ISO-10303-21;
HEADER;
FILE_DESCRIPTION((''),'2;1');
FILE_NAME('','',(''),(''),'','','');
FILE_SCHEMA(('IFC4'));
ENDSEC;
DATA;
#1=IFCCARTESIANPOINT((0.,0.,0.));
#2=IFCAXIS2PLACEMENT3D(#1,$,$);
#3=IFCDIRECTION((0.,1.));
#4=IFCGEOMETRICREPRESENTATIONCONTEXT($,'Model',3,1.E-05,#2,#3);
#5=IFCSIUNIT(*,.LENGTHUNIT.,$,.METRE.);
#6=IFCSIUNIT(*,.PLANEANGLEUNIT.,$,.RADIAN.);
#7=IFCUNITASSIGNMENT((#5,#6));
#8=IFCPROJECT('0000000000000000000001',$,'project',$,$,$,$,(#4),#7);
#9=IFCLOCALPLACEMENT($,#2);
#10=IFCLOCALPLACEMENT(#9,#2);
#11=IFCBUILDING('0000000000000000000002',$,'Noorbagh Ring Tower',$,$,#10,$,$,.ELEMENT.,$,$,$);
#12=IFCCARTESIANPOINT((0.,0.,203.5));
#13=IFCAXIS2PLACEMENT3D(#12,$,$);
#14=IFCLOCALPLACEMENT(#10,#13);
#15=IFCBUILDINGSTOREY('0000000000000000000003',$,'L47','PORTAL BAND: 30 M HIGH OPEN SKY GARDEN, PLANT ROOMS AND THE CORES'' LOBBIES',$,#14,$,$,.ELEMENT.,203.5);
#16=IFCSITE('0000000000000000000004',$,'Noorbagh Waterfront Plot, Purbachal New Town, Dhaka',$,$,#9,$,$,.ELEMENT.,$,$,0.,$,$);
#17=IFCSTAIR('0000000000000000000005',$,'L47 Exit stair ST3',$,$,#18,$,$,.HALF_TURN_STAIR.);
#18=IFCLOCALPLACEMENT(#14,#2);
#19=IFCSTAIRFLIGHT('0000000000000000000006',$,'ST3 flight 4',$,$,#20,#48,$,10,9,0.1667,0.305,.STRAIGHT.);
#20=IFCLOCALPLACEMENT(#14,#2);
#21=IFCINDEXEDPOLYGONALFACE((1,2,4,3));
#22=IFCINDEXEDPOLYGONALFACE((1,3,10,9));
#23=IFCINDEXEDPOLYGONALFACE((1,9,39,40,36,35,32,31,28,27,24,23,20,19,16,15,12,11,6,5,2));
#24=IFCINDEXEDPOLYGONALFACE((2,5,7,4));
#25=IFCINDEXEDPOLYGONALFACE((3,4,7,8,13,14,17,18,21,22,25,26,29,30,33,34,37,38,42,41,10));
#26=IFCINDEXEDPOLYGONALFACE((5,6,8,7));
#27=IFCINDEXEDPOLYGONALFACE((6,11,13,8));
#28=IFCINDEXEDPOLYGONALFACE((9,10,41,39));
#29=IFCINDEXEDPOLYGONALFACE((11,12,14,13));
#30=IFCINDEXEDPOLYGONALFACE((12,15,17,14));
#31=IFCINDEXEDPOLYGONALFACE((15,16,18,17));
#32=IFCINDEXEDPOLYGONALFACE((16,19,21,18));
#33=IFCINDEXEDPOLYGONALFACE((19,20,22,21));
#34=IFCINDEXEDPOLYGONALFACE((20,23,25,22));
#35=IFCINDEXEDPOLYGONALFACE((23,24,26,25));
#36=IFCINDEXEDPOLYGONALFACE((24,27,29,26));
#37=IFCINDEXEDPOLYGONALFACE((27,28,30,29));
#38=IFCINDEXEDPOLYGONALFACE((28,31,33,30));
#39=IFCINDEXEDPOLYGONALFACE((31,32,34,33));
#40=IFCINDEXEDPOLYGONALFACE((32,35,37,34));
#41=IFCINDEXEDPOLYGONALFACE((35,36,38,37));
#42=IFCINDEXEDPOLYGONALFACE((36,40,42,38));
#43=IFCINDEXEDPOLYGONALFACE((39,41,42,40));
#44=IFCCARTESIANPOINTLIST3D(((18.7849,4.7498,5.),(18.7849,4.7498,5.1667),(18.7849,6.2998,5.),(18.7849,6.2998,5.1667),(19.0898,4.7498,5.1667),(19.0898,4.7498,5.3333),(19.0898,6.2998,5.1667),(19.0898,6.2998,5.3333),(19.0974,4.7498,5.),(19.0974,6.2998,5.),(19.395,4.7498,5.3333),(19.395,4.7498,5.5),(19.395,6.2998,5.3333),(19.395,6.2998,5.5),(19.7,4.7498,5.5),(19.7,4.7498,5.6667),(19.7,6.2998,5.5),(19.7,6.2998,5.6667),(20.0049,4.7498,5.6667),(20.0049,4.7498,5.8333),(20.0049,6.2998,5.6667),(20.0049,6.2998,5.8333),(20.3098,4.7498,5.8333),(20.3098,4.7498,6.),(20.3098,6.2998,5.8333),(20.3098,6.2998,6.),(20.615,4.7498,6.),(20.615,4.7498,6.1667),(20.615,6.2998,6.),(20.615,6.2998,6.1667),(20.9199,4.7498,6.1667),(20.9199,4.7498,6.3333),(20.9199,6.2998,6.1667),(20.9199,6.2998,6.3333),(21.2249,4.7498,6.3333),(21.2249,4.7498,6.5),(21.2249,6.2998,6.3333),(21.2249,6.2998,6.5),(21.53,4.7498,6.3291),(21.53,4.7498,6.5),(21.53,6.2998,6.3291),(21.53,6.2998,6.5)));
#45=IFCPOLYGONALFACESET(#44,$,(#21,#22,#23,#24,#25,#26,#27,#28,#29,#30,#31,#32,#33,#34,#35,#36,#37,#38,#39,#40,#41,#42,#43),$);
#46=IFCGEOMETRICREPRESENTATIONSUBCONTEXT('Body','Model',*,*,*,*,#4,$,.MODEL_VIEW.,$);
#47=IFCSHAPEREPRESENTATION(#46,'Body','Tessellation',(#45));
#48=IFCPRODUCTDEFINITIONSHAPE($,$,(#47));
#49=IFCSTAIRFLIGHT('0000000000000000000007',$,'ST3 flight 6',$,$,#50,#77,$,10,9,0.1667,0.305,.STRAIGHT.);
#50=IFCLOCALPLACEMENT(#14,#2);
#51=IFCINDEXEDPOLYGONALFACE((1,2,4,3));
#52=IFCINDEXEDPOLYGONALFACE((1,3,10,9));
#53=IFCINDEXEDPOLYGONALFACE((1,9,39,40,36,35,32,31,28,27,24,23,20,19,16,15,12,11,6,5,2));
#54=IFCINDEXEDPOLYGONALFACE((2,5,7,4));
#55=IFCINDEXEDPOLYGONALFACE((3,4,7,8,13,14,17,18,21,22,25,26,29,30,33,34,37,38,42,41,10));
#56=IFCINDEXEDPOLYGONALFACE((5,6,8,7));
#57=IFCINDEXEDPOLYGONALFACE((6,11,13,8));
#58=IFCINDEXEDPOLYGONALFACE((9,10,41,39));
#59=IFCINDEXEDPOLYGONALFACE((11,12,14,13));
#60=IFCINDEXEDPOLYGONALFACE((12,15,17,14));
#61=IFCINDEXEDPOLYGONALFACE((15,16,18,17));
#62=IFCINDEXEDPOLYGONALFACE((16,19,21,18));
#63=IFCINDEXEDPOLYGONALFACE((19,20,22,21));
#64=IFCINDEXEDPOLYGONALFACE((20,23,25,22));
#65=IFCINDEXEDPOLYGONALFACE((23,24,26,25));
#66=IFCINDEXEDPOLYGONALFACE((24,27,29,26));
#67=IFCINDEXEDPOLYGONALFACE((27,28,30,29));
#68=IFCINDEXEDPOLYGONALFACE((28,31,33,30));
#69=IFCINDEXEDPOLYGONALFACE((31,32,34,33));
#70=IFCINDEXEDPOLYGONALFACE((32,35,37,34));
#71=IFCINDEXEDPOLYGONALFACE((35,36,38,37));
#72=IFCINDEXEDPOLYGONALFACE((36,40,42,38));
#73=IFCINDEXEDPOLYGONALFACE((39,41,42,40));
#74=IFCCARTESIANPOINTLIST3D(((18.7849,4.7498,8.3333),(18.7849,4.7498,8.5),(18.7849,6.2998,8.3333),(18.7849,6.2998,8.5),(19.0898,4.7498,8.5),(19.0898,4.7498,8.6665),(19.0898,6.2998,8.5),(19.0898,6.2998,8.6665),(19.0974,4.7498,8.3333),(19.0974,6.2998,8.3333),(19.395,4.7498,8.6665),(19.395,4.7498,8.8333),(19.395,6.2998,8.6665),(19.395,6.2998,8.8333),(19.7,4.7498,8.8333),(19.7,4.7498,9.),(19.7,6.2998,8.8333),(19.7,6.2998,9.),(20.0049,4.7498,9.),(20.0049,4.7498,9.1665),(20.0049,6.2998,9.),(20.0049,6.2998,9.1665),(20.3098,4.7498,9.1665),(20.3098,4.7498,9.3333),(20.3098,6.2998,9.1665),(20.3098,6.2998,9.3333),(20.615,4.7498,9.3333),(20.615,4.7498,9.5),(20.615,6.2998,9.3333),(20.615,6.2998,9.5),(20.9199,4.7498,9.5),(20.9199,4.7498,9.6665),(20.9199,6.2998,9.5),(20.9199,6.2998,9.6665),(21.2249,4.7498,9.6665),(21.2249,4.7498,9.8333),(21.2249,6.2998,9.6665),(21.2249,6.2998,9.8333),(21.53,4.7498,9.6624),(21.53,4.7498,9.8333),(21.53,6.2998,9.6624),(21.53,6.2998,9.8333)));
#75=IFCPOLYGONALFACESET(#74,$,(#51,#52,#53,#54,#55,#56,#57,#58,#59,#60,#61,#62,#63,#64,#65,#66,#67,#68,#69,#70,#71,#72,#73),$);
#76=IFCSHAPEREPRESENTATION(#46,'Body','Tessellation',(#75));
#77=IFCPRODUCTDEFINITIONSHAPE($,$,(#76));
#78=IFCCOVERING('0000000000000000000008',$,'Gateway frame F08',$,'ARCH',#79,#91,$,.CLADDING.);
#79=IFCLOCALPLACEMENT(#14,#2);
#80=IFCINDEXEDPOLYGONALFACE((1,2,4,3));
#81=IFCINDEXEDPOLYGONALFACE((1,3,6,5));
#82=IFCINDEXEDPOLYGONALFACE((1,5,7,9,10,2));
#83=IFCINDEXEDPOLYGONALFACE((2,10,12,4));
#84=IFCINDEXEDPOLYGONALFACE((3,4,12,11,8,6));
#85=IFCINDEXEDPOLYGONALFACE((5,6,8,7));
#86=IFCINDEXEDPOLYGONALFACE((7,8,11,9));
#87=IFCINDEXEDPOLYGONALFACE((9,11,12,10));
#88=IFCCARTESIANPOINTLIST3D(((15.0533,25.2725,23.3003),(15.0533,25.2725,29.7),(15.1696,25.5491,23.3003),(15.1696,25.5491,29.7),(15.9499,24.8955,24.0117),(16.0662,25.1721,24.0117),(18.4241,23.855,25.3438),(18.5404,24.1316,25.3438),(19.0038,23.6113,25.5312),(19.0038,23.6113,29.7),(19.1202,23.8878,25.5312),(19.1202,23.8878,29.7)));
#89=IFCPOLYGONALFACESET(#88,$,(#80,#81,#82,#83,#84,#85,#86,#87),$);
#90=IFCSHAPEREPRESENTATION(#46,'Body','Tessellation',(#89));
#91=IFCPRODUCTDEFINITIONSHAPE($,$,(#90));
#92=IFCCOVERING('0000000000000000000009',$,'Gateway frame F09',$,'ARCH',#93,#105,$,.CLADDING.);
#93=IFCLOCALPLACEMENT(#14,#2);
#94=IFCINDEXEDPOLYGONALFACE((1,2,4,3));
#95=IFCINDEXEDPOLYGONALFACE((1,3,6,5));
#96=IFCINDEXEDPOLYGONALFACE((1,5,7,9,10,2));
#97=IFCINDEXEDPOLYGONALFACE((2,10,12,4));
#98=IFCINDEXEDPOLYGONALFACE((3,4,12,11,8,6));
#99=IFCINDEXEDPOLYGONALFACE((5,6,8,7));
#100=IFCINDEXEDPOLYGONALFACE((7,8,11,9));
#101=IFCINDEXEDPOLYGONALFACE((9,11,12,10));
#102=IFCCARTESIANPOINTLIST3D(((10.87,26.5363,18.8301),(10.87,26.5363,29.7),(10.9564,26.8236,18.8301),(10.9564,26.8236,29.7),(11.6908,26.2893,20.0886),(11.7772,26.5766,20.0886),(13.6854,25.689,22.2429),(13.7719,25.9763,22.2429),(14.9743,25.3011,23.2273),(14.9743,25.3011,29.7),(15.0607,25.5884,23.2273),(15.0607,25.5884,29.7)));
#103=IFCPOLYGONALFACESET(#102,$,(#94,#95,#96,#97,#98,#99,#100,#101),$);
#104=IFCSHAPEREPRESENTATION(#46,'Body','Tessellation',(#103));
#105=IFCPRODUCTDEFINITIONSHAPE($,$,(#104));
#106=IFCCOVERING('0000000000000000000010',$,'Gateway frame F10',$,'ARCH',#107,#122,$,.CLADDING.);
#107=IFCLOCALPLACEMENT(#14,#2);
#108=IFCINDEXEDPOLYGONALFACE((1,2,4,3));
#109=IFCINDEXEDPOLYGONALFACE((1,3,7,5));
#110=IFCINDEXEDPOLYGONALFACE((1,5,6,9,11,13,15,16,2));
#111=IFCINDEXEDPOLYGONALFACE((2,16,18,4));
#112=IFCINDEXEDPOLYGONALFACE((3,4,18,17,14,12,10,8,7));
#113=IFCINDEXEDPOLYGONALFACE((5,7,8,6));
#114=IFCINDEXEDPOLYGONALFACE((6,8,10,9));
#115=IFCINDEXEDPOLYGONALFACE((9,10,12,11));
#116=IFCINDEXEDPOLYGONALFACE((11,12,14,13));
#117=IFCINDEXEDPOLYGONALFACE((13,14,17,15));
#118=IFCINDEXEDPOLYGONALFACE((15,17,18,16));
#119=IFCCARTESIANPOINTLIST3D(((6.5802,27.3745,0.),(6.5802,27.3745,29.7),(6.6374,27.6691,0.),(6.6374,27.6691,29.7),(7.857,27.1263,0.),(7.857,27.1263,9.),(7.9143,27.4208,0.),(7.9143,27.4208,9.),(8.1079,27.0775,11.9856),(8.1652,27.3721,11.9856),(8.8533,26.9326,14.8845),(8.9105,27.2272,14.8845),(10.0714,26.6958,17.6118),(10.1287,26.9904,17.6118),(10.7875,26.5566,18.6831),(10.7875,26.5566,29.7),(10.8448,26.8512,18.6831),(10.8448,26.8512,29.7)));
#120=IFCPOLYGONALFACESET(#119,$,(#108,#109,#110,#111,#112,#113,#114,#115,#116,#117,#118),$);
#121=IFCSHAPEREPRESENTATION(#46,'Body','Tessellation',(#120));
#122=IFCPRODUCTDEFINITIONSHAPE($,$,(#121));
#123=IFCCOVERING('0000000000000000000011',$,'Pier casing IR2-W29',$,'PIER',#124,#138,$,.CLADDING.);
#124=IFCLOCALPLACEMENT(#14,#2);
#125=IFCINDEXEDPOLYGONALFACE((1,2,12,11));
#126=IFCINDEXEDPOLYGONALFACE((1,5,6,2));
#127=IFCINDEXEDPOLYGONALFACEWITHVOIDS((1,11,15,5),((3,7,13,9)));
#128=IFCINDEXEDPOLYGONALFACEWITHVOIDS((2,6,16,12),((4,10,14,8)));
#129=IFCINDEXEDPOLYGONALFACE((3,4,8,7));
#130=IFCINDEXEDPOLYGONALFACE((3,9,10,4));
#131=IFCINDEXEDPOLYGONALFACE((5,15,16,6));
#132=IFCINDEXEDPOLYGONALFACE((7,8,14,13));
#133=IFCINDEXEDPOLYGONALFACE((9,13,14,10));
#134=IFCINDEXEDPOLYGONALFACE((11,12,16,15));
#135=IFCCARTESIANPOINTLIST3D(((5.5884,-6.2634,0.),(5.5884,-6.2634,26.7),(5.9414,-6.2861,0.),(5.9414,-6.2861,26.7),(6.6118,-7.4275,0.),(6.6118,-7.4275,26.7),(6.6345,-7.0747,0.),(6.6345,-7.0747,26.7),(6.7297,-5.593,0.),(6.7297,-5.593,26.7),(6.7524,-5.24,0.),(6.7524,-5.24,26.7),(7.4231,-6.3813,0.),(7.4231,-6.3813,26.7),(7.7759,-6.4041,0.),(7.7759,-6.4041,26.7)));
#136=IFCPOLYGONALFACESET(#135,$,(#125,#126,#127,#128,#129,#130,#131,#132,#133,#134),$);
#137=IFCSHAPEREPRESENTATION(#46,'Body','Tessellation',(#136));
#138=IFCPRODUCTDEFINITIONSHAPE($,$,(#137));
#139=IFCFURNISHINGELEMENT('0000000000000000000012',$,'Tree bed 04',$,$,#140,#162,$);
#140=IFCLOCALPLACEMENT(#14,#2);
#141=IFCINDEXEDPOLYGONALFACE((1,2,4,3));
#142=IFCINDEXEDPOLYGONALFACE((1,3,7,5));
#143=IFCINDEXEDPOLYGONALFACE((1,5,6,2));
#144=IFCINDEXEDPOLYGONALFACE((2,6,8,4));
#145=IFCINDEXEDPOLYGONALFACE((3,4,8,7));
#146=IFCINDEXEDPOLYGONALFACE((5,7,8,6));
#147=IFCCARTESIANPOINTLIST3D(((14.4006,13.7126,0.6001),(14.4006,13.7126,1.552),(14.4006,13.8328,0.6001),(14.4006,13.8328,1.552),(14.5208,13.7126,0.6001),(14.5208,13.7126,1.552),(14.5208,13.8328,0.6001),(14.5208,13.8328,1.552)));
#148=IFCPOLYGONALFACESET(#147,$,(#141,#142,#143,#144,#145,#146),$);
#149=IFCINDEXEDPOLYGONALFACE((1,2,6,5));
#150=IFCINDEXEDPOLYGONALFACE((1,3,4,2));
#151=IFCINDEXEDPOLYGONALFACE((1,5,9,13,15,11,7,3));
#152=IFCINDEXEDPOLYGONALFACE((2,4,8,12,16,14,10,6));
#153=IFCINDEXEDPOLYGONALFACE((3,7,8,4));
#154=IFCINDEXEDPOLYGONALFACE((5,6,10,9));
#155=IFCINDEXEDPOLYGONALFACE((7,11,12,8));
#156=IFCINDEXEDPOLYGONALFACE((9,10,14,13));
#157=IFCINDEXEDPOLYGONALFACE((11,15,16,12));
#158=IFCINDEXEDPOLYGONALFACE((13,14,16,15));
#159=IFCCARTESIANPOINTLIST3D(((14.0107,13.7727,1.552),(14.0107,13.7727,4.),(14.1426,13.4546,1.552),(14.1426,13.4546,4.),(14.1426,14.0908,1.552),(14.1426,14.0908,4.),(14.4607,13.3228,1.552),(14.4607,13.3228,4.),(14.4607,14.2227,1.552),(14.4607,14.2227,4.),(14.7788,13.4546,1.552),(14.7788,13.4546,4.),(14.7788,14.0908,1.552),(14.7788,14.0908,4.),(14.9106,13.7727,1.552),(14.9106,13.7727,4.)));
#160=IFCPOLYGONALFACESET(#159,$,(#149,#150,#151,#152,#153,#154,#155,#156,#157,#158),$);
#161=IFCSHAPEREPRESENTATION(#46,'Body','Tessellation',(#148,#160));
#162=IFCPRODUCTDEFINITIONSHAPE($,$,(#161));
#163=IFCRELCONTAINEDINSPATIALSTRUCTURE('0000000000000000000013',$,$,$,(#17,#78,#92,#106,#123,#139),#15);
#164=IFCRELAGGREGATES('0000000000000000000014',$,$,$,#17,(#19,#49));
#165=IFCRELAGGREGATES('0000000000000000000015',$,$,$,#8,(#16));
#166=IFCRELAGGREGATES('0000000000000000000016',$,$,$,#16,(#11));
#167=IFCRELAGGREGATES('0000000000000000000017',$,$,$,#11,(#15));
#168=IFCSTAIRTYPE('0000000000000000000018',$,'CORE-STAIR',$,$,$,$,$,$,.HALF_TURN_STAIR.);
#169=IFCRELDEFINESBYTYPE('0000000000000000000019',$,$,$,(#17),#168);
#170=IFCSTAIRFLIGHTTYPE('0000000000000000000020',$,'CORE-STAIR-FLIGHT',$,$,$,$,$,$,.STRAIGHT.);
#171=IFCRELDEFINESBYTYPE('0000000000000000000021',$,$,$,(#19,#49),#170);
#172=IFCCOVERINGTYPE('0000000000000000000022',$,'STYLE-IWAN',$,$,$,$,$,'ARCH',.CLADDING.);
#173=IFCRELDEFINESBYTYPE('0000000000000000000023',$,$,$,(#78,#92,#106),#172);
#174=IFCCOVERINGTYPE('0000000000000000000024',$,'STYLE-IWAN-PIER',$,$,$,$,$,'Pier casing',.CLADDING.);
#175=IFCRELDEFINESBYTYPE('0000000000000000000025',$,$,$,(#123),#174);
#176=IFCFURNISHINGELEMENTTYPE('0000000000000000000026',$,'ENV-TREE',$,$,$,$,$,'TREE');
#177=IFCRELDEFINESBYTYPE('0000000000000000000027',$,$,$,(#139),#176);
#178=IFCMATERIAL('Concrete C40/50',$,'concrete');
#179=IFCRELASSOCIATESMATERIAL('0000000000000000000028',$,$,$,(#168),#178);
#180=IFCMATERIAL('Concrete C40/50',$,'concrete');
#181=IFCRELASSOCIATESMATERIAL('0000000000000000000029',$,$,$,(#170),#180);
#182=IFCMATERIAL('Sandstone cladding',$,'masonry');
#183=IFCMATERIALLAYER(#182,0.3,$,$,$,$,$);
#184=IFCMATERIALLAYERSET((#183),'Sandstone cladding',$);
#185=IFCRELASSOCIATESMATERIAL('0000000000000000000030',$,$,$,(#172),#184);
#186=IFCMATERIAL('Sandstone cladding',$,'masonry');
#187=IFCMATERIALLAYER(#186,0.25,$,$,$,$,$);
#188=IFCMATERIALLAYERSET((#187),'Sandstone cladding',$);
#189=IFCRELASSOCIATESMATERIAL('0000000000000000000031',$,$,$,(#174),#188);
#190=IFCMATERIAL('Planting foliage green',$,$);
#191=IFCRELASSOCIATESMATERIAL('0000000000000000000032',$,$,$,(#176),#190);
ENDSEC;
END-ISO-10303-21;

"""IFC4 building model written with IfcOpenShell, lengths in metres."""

from ifc_helpers import new_model, si_unit, direction, frame, origin, origin_2d, place, context, subcontext, project, spatial, polyline, rectangle, outline, extrude, material, layer, layer_set, type_object, element, aggregate, save


model = new_model("IFC4")

# Units and contexts
model_context = context("Model", 3, precision=1e-05, world=origin(), true_north=direction((0.0, 1.0)))
body_context = subcontext(model_context, "Body", "Model", "MODEL_VIEW")
ifc_project = project(units=[si_unit("LENGTHUNIT", "METRE"), si_unit("PLANEANGLEUNIT", "RADIAN")], contexts=[model_context])

# Site, building, storey
site_placement = place(None, origin())
site = spatial("IfcSite", under=ifc_project, at=site_placement, Name="Noorbagh Waterfront Plot, Purbachal New Town, Dhaka", CompositionType="ELEMENT", RefElevation=0.0)
building_placement = place(site_placement, origin())
building = spatial("IfcBuilding", under=site, at=building_placement, Name="Noorbagh Ring Tower", CompositionType="ELEMENT")
storey_placement = place(building_placement, frame((0.0, 0.0, 203.5)))
storey = spatial("IfcBuildingStorey", under=building, at=storey_placement, Name="L47", Description="PORTAL BAND: 30 M HIGH OPEN SKY GARDEN, PLANT ROOMS AND THE CORES' LOBBIES", CompositionType="ELEMENT", Elevation=203.5)

# Stair, stair flights
ifc_material_1 = material(Name="Concrete C40/50", Category="concrete")
stair_type = type_object("IfcStairType", Name="CORE-STAIR", PredefinedType="HALF_TURN_STAIR", material=ifc_material_1)
stair_placement = place(storey_placement, origin())
stair = element("IfcStair", 1, at=stair_placement, inside=storey, type_object=stair_type, Name="L47 Exit stair ST3", PredefinedType="HALF_TURN_STAIR")
ifc_material_2 = material(Name="Concrete C40/50", Category="concrete")
stair_flight_type = type_object("IfcStairFlightType", Name="CORE-STAIR-FLIGHT", PredefinedType="STRAIGHT", material=ifc_material_2)
stair_flight_1_placement = place(storey_placement, frame((18.7849, 5.5249, 5.0), z_axis=(0.0, 0.0, 1.0), x_axis=(1.0, 0.0, 0.0)))
stair_flight_1 = element("IfcStairFlight", 2, at=stair_flight_1_placement, type_object=stair_flight_type, Name="ST3 flight 4", NumberOfRisers=10, NumberOfTreads=9, PredefinedType="STRAIGHT", RiserHeight=0.1667, TreadLength=0.305, context=body_context, shape_type="SweptSolid", body=[
    extrude(outline(polyline([(0.0, 0.0), (0.0, 0.1667), (0.3049, 0.1667), (0.3049, 0.3333), (0.6101, 0.3333), (0.6101, 0.5), (0.915, 0.5), (0.915, 0.6667), (1.22, 0.6667), (1.22, 0.8333), (1.5249, 0.8333), (1.5249, 1.0), (1.8301, 1.0), (1.8301, 1.1667), (2.135, 1.1667), (2.135, 1.3333), (2.4399, 1.3333), (2.4399, 1.5), (2.7451, 1.5), (2.7451, 1.6667), (2.7451, 1.3291), (0.3125, 0.0), (0.0, 0.0)])), frame((0.0, 0.7749, 0.0), z_axis=(0.0, -1.0, 0.0), x_axis=(1.0, 0.0, 0.0)), (0.0, 0.0, 1.0), 1.55),
])
stair_flight_2_placement = place(storey_placement, frame((18.7849, 5.5249, 8.3333), z_axis=(0.0, 0.0, 1.0), x_axis=(1.0, 0.0, 0.0)))
stair_flight_2 = element("IfcStairFlight", 3, at=stair_flight_2_placement, type_object=stair_flight_type, Name="ST3 flight 6", NumberOfRisers=10, NumberOfTreads=9, PredefinedType="STRAIGHT", RiserHeight=0.1667, TreadLength=0.305, context=body_context, shape_type="SweptSolid", body=[
    extrude(outline(polyline([(0.0, 0.0), (0.0, 0.1667), (0.3049, 0.1667), (0.3049, 0.3333), (0.6101, 0.3333), (0.6101, 0.5), (0.915, 0.5), (0.915, 0.6667), (1.22, 0.6667), (1.22, 0.8333), (1.5249, 0.8333), (1.5249, 1.0), (1.8301, 1.0), (1.8301, 1.1667), (2.135, 1.1667), (2.135, 1.3333), (2.4399, 1.3333), (2.4399, 1.5), (2.7451, 1.5), (2.7451, 1.6667), (2.7451, 1.3291), (0.3125, 0.0), (0.0, 0.0)])), frame((0.0, 0.7749, 0.0), z_axis=(0.0, -1.0, 0.0), x_axis=(1.0, 0.0, 0.0)), (0.0, 0.0, 1.0), 1.55),
])
aggregate(stair, [stair_flight_1, stair_flight_2])

# Coverings
ifc_material_3 = material(Name="Sandstone cladding", Category="masonry")
ifc_layer_1 = layer(ifc_material_3, 0.3)
ifc_layer_set_1 = layer_set([ifc_layer_1], Name="Sandstone cladding")
covering_type_1 = type_object("IfcCoveringType", Name="STYLE-IWAN", ElementType="ARCH", PredefinedType="CLADDING", material=ifc_layer_set_1)
covering_1_placement = place(storey_placement, frame((17.0286, 24.4419, 0.0), z_axis=(0.387638, 0.921812, 0.0), x_axis=(-0.921812, 0.387638, 0.0)))
element("IfcCovering", 4, at=covering_1_placement, inside=storey, type_object=covering_type_1, Name="Gateway frame F08", ObjectType="ARCH", PredefinedType="CLADDING", context=body_context, shape_type="SweptSolid", body=[
    extrude(outline(polyline([(-2.1428, 29.7), (-2.1428, 25.5312), (-1.5139, 25.3438), (1.1702, 24.0117), (2.1428, 23.3003), (2.1428, 29.7), (-2.1428, 29.7)])), origin(), (0.0, 0.0, 1.0), 0.3),
])
covering_2_placement = place(storey_placement, frame((12.9221, 25.9187, 0.0), z_axis=(0.288174, 0.957578, 0.0), x_axis=(-0.957578, 0.288174, 0.0)))
element("IfcCovering", 5, at=covering_2_placement, inside=storey, type_object=covering_type_1, Name="Gateway frame F09", ObjectType="ARCH", PredefinedType="CLADDING", context=body_context, shape_type="SweptSolid", body=[
    extrude(outline(polyline([(-2.1431, 29.7), (-2.1431, 23.2273), (-0.7971, 22.2429), (1.2859, 20.0886), (2.1431, 18.8301), (2.1431, 29.7), (-2.1431, 29.7)])), origin(), (0.0, 0.0, 1.0), 0.3),
])
covering_3_placement = place(storey_placement, frame((8.6838, 26.9656, 0.0), z_axis=(0.19082, 0.981625, 0.0), x_axis=(-0.981625, 0.19082, 0.0)))
element("IfcCovering", 6, at=covering_3_placement, inside=storey, type_object=covering_type_1, Name="Gateway frame F10", ObjectType="ARCH", PredefinedType="CLADDING", context=body_context, shape_type="SweptSolid", body=[
    extrude(outline(polyline([(-2.1431, 29.7), (-2.1431, 18.6831), (-1.4136, 17.6118), (-0.1726, 14.8845), (0.5867, 11.9856), (0.8423, 9.0), (0.8423, 0.0), (2.1431, 0.0), (2.1431, 29.7), (-2.1431, 29.7)])), origin(), (0.0, 0.0, 1.0), 0.3),
])
ifc_material_4 = material(Name="Sandstone cladding", Category="masonry")
ifc_layer_2 = layer(ifc_material_4, 0.25)
ifc_layer_set_2 = layer_set([ifc_layer_2], Name="Sandstone cladding")
covering_type_2 = type_object("IfcCoveringType", Name="STYLE-IWAN-PIER", ElementType="Pier casing", PredefinedType="CLADDING", material=ifc_layer_set_2)
covering_4_placement = place(storey_placement, origin())
element("IfcCovering", 7, at=covering_4_placement, inside=storey, type_object=covering_type_2, Name="Pier casing IR2-W29", ObjectType="PIER", PredefinedType="CLADDING", context=body_context, shape_type="SweptSolid", body=[
    extrude(outline(polyline([(6.6118, -7.4275), (5.5884, -6.2634), (6.7524, -5.24), (7.7759, -6.4041), (6.6118, -7.4275)]), holes=[polyline([(6.6345, -7.0747), (7.4231, -6.3813), (6.7297, -5.593), (5.9414, -6.2861), (6.6345, -7.0747)])]), origin(), (0.0, 0.0, 1.0), 26.7),
])

# Furnishing element
ifc_material_5 = material(Name="Planting foliage green")
furnishing_element_type = type_object("IfcFurnishingElementType", Name="ENV-TREE", ElementType="TREE", material=ifc_material_5)
furnishing_placement = place(storey_placement, frame((14.4607, 13.7727, 0.6001), z_axis=(0.0, 0.0, 1.0), x_axis=(1.0, 0.0, 0.0)))
element("IfcFurnishingElement", 8, at=furnishing_placement, inside=storey, type_object=furnishing_element_type, Name="Tree bed 04", context=body_context, shape_type="SweptSolid", body=[
    extrude(rectangle(XDim=0.1201, YDim=0.1201, at=origin_2d()), origin(), (0.0, 0.0, 1.0), 0.9519),
    extrude(outline(polyline([(0.45, 0.0), (0.3181, 0.3181), (0.0, 0.45), (-0.3181, 0.3181), (-0.45, 0.0), (-0.3181, -0.3181), (0.0, -0.45), (0.3181, -0.3181), (0.45, 0.0)])), frame((0.0, 0.0, 0.9519)), (0.0, 0.0, 1.0), 2.448),
])

save(model, "model.ifc")
